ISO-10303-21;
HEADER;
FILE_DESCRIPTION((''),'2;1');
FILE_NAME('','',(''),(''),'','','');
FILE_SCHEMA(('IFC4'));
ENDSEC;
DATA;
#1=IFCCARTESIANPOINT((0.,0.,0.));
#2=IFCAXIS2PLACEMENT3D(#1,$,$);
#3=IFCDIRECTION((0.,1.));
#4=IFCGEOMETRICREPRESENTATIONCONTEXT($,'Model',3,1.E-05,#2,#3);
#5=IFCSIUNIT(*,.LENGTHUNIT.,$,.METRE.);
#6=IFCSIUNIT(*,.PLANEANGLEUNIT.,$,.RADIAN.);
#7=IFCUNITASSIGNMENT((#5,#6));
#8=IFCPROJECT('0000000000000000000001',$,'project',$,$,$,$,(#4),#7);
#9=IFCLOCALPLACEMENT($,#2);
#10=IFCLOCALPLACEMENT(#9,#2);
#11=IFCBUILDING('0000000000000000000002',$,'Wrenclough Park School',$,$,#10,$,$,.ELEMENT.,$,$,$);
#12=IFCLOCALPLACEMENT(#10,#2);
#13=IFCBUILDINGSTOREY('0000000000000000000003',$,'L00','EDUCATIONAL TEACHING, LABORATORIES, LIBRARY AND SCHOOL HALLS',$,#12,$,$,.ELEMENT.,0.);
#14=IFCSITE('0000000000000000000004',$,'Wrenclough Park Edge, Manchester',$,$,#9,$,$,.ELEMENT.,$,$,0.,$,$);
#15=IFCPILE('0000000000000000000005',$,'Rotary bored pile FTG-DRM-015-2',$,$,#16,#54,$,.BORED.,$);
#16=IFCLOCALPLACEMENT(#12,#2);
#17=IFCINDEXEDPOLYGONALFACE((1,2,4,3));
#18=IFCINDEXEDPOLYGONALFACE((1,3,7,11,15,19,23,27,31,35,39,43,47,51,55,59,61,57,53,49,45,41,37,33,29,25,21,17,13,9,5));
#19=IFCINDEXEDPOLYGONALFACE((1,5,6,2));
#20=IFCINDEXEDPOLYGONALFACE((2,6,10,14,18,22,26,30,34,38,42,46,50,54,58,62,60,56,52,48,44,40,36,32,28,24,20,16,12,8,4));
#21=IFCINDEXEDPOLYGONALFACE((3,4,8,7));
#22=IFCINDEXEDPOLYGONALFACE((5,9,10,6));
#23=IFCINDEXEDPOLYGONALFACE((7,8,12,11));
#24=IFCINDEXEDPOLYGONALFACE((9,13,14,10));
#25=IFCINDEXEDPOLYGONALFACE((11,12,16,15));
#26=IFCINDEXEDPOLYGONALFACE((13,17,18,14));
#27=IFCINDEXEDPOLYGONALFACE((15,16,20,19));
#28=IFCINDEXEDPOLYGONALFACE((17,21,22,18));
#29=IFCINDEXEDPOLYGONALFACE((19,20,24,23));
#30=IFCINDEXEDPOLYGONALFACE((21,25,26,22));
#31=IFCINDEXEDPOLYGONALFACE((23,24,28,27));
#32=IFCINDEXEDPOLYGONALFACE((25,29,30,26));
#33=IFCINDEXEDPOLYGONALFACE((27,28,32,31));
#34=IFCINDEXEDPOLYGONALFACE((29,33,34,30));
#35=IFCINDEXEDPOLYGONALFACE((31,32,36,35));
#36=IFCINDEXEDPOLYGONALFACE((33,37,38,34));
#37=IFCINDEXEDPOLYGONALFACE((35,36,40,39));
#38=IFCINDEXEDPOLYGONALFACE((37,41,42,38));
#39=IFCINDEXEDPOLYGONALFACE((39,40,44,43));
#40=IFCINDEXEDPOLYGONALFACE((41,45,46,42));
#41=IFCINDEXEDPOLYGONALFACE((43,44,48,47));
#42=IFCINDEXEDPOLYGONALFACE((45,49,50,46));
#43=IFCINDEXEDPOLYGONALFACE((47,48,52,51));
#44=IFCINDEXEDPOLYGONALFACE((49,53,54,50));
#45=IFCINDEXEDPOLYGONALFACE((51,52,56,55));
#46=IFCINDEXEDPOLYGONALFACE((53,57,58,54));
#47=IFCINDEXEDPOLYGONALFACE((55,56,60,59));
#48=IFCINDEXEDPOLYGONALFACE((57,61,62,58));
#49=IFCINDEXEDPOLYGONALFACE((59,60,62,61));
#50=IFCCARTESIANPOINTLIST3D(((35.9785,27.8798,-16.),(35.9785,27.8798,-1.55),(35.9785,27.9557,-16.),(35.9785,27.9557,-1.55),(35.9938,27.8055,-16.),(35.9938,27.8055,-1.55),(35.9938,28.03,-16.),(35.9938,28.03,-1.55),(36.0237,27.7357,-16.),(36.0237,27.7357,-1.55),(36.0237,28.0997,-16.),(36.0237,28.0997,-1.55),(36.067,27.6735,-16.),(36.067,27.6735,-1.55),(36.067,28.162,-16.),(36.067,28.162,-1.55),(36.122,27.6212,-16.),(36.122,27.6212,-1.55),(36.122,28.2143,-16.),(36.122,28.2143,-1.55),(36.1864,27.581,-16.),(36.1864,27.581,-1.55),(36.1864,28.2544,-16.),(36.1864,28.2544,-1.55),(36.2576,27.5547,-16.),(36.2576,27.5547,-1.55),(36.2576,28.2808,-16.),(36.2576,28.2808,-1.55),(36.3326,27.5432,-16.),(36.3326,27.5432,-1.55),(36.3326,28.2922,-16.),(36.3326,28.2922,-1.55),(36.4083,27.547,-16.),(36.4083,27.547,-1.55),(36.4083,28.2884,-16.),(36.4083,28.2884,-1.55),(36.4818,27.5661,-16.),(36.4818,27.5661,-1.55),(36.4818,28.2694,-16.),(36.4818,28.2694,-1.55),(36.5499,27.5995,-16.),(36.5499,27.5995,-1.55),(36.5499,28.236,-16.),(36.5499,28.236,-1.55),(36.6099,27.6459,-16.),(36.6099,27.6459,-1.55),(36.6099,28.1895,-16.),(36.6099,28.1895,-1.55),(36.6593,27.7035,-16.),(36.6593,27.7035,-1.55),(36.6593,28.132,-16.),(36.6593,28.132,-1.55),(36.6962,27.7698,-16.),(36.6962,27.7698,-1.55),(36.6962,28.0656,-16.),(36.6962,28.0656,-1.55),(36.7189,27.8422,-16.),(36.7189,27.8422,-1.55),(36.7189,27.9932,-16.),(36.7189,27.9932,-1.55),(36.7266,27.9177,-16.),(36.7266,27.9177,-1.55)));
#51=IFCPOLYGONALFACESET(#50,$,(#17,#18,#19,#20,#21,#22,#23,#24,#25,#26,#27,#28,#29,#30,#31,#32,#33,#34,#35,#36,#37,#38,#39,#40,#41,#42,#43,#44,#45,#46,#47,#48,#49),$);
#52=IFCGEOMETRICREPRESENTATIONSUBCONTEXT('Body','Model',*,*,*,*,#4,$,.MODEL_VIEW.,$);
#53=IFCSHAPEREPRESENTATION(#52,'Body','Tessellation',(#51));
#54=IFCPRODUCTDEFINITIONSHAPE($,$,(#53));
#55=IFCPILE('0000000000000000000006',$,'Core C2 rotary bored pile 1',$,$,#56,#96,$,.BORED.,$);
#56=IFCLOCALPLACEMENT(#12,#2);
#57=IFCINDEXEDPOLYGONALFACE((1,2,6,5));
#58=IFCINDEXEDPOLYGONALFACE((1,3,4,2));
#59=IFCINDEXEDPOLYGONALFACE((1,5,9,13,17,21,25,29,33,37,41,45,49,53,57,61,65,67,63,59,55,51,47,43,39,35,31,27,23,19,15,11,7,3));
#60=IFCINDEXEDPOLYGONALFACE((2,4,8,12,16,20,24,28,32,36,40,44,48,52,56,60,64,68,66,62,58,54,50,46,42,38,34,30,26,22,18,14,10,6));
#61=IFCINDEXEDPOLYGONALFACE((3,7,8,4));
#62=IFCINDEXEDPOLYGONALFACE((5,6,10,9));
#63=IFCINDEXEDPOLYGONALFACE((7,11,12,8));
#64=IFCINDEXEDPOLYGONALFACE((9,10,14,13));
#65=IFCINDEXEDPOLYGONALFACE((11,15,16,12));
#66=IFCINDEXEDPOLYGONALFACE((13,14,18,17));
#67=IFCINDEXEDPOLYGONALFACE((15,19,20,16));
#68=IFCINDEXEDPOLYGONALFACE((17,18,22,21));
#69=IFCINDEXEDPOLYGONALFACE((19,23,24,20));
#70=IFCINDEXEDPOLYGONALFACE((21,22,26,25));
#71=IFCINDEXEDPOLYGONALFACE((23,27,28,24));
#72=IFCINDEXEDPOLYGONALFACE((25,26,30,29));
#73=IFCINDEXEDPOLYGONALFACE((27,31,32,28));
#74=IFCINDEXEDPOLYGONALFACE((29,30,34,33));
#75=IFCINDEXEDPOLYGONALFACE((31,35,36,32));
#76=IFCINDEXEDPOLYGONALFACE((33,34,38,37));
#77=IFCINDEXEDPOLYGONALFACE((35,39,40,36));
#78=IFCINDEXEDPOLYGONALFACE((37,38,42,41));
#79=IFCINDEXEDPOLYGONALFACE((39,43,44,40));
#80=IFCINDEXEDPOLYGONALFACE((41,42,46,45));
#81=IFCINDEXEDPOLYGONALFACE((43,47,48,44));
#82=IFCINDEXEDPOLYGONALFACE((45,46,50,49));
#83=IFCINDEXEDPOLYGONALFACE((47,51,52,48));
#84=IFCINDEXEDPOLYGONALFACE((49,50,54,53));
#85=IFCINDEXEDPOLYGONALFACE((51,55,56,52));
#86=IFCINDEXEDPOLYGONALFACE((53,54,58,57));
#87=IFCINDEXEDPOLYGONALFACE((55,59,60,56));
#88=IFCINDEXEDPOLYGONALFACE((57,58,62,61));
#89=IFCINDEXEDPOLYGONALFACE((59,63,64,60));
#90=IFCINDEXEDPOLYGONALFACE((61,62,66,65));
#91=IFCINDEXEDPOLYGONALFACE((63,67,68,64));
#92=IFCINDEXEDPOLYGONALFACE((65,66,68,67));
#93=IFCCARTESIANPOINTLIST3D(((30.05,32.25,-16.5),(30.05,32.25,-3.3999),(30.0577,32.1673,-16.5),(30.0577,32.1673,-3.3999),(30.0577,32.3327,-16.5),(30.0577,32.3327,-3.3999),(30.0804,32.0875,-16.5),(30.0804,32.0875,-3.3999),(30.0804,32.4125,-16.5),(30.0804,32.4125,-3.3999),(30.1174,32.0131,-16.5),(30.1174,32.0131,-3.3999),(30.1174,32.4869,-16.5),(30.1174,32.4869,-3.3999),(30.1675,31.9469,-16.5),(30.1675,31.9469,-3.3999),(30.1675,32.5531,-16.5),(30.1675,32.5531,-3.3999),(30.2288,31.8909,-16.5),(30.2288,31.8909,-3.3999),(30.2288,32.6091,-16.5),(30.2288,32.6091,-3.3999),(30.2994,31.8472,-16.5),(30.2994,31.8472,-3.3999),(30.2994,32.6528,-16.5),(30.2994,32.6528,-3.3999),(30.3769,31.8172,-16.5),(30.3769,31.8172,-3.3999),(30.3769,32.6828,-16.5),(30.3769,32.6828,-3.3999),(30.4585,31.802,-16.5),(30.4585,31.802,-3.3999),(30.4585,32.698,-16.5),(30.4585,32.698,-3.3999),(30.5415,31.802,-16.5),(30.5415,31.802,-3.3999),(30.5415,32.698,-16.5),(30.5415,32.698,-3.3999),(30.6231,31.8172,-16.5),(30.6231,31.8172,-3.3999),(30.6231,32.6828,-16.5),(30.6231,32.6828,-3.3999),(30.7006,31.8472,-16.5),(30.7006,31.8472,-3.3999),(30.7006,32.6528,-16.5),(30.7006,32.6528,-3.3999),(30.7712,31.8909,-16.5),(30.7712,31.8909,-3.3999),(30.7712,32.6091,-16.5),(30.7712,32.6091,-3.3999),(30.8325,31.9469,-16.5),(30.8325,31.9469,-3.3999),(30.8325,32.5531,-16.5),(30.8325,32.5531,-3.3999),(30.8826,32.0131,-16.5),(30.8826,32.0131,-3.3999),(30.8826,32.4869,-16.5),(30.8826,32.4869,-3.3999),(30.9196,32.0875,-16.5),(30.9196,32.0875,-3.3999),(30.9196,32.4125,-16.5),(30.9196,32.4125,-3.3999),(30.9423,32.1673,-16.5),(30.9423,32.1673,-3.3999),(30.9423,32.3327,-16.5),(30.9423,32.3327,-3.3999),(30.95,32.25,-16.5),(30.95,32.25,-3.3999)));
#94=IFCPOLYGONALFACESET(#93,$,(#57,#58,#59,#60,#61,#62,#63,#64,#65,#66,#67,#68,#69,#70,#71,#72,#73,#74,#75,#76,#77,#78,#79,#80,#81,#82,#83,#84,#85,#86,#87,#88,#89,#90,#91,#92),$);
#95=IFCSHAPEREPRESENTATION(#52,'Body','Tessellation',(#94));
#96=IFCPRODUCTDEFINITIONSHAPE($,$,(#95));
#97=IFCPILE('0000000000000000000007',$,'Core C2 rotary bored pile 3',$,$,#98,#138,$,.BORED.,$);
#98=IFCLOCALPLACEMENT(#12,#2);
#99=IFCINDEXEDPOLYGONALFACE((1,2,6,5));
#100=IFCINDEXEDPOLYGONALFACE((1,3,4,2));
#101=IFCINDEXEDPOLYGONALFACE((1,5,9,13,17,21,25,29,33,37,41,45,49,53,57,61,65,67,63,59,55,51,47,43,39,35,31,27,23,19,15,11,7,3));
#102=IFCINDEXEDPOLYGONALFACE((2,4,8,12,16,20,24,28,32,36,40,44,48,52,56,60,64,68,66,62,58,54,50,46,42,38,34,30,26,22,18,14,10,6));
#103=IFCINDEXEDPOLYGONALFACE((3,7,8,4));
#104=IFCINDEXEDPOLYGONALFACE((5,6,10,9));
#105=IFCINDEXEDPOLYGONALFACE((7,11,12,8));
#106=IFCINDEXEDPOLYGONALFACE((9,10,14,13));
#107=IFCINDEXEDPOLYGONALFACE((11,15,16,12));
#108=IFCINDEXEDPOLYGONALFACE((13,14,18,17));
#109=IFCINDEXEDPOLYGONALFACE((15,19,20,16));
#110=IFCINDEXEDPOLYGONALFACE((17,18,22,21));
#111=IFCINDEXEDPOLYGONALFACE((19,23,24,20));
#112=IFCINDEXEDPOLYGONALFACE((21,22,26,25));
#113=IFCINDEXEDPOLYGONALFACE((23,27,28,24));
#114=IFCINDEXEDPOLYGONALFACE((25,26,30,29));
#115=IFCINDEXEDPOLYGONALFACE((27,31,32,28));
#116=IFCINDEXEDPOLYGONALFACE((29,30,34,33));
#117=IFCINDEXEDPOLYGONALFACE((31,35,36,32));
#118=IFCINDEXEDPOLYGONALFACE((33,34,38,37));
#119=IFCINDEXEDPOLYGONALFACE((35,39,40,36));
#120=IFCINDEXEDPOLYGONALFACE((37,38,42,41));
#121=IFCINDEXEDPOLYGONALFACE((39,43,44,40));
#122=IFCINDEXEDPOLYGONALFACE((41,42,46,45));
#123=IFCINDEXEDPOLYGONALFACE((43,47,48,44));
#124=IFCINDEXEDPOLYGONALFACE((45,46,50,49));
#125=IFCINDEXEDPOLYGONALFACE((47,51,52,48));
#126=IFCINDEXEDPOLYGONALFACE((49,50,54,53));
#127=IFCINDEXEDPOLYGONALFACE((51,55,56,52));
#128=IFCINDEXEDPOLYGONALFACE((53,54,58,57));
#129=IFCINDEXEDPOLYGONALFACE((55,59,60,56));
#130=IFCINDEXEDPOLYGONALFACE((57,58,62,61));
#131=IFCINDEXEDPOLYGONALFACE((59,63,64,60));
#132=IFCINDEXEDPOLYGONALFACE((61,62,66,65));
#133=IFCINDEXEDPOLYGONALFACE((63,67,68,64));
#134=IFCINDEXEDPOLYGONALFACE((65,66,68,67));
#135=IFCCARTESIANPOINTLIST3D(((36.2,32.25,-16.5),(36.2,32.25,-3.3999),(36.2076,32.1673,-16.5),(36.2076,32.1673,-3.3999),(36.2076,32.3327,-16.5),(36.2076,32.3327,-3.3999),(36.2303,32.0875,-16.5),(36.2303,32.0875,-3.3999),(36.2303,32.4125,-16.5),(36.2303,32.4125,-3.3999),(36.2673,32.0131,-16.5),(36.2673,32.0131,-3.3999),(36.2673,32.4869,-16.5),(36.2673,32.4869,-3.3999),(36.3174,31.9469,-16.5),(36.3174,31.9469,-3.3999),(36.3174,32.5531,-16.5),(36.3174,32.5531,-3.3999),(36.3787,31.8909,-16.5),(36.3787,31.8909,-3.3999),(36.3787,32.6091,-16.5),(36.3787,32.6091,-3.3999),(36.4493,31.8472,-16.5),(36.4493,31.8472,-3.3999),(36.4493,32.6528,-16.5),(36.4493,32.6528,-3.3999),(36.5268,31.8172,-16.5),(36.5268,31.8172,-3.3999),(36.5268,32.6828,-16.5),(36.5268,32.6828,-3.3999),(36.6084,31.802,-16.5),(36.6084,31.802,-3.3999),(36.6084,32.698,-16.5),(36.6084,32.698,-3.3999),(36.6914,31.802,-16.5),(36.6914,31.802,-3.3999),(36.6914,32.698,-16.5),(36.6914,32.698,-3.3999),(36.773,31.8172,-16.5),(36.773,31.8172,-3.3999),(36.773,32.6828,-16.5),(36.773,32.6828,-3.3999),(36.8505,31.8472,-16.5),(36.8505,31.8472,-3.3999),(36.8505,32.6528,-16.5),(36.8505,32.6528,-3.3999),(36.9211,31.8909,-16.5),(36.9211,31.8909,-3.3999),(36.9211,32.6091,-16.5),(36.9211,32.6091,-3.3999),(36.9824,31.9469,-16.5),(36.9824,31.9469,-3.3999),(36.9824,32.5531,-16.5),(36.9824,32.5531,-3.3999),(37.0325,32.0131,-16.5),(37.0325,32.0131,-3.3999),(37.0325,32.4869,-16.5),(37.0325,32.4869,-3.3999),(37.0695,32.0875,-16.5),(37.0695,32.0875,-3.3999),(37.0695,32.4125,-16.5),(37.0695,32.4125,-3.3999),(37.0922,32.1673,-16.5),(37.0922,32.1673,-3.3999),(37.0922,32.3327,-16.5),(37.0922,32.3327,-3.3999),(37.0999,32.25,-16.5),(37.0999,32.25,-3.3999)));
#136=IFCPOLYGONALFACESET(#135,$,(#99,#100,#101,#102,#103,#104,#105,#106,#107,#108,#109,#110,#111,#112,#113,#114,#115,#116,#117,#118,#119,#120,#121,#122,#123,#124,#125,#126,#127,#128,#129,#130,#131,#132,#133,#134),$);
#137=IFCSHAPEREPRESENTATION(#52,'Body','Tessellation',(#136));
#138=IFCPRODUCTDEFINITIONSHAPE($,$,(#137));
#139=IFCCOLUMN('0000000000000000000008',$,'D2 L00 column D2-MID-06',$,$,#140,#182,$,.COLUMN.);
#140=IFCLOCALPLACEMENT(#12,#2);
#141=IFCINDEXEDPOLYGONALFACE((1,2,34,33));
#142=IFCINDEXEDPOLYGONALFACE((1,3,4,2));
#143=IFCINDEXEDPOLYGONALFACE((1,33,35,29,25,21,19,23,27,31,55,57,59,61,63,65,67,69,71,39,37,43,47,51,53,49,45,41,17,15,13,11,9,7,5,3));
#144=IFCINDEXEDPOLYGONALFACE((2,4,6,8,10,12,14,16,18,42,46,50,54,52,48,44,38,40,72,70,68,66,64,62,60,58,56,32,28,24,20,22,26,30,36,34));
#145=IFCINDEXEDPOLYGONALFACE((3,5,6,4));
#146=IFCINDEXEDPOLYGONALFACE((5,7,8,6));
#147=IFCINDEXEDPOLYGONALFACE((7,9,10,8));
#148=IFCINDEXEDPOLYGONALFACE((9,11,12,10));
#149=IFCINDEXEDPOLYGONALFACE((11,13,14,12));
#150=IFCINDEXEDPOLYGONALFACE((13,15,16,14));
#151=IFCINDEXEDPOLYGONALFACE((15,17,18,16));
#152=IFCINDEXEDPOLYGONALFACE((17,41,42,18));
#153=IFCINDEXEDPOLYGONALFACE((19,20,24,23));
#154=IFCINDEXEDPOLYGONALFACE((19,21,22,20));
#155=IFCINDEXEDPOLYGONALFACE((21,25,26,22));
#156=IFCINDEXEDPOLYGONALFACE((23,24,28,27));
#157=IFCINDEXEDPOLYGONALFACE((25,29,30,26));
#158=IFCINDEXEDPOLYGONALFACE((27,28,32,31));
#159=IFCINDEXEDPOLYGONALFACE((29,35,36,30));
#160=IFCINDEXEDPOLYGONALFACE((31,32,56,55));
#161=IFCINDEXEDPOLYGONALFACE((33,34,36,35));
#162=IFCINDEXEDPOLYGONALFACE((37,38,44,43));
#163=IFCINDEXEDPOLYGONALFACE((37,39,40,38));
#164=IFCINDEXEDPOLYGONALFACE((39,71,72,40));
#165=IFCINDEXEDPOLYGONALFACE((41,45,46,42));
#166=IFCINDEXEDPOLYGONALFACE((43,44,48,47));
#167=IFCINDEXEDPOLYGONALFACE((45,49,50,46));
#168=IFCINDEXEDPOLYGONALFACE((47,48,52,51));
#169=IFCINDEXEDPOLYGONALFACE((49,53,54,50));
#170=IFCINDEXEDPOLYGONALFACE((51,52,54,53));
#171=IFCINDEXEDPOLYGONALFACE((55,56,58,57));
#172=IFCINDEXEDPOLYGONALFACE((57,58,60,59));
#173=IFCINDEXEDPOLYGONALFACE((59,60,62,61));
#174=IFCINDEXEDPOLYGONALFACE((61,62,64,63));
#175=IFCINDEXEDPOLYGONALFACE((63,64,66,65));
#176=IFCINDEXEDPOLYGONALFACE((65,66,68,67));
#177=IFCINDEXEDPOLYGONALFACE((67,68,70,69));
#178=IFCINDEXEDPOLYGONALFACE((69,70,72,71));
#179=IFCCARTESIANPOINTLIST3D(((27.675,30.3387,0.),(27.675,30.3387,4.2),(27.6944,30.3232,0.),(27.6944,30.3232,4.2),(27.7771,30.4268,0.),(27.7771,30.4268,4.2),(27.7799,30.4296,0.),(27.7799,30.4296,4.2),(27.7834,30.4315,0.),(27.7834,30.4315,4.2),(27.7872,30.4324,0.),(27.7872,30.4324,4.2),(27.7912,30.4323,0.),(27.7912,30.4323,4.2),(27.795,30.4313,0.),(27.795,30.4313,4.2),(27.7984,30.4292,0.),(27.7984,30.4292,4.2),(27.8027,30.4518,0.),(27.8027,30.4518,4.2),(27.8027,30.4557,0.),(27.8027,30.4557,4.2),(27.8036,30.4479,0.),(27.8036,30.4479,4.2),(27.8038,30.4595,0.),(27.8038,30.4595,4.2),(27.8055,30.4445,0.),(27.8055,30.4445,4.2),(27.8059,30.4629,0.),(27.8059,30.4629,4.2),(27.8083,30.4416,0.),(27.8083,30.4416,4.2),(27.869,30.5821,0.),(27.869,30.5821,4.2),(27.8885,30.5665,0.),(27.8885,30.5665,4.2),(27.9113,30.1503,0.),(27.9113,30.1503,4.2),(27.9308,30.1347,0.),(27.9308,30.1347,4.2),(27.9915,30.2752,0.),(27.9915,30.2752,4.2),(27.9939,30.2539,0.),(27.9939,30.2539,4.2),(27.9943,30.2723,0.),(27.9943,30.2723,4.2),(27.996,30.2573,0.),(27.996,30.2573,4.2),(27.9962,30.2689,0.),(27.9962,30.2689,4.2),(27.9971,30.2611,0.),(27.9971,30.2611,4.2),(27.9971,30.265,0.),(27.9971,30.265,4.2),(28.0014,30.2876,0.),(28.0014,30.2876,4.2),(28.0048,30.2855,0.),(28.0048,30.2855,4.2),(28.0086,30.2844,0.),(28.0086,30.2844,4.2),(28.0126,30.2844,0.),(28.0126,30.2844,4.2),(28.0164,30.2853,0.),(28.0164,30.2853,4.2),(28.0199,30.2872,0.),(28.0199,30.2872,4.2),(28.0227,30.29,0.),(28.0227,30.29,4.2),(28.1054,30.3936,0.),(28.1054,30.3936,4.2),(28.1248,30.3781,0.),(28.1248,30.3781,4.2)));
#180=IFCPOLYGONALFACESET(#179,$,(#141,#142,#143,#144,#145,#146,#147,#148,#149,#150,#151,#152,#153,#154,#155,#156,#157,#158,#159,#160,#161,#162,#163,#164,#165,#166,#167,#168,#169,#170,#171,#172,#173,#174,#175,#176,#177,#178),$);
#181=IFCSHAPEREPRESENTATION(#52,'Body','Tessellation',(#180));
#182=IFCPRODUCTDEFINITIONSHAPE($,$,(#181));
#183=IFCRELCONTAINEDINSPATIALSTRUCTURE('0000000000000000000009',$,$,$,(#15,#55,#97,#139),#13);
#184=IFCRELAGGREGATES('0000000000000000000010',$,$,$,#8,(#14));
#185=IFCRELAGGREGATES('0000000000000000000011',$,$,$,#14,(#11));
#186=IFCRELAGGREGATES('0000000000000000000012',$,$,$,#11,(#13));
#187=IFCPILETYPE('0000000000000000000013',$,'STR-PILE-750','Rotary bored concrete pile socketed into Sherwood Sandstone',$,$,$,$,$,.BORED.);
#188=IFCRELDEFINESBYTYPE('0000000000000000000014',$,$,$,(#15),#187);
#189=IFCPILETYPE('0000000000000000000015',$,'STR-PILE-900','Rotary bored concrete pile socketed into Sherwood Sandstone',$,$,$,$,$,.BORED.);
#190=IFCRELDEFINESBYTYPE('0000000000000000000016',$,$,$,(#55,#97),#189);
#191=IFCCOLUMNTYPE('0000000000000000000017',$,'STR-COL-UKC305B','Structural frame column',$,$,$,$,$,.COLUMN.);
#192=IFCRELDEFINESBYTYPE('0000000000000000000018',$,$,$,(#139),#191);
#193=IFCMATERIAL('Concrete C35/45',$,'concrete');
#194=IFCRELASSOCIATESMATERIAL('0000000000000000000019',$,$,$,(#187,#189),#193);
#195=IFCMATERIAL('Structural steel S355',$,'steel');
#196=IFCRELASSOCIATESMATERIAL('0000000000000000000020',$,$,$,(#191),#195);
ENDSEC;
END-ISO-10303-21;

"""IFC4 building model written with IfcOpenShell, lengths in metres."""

from ifc_helpers import new_model, si_unit, direction, frame, origin, origin_2d, place, context, subcontext, project, spatial, circle, i_section, extrude, material, material_profile, profile_set, type_object, element, save


model = new_model("IFC4")

# Units and contexts
model_context = context("Model", 3, precision=1e-05, world=origin(), true_north=direction((0.0, 1.0)))
body_context = subcontext(model_context, "Body", "Model", "MODEL_VIEW")
ifc_project = project(units=[si_unit("LENGTHUNIT", "METRE"), si_unit("PLANEANGLEUNIT", "RADIAN")], contexts=[model_context])

# Site, building, storey
site_placement = place(None, origin())
site = spatial("IfcSite", under=ifc_project, at=site_placement, Name="Wrenclough Park Edge, Manchester", CompositionType="ELEMENT", RefElevation=0.0)
building_placement = place(site_placement, origin())
building = spatial("IfcBuilding", under=site, at=building_placement, Name="Wrenclough Park School", CompositionType="ELEMENT")
storey_placement = place(building_placement, origin())
storey = spatial("IfcBuildingStorey", under=building, at=storey_placement, Name="L00", Description="EDUCATIONAL TEACHING, LABORATORIES, LIBRARY AND SCHOOL HALLS", CompositionType="ELEMENT", Elevation=0.0)

# Shared definitions
ifc_material_1 = material(Name="Concrete C35/45", Category="concrete")

# Piles
ifc_material_profile_1 = material_profile(ifc_material_1, circle(Radius=0.375, at=origin_2d()), Name="BORED PILE D750")
ifc_profile_set_1 = profile_set([ifc_material_profile_1], Name="Concrete C35/45")
pile_type_1 = type_object("IfcPileType", Name="STR-PILE-750", Description="Rotary bored concrete pile socketed into Sherwood Sandstone", PredefinedType="BORED", material=ifc_profile_set_1)
for number, where, z_axis, x_axis, name in (
    (1, (36.3516, 27.9177, -1.55), (0.0, 0.0, -1.0), (1.0, 0.0, 0.0), "Rotary bored pile FTG-DRM-015-2"),
):
    element("IfcPile", number, at=place(storey_placement, frame(where, z_axis=z_axis, x_axis=x_axis)), inside=storey, type_object=pile_type_1, Name=name, PredefinedType="BORED", context=body_context, shape_type="SweptSolid", body=[
        extrude(circle(Radius=0.375, at=origin_2d()), origin(), (0.0, 0.0, 1.0), 14.45),
    ])
ifc_material_profile_2 = material_profile(ifc_material_1, circle(Radius=0.45, at=origin_2d()), Name="BORED PILE D900")
ifc_profile_set_2 = profile_set([ifc_material_profile_2], Name="Concrete C35/45")
pile_type_2 = type_object("IfcPileType", Name="STR-PILE-900", Description="Rotary bored concrete pile socketed into Sherwood Sandstone", PredefinedType="BORED", material=ifc_profile_set_2)
for number, where, z_axis, x_axis, name in (
    (2, (30.5, 32.25, -3.3999), (0.0, 0.0, -1.0), (1.0, 0.0, 0.0), "Core C2 rotary bored pile 1"),
    (3, (36.6499, 32.25, -3.3999), (0.0, 0.0, -1.0), (1.0, 0.0, 0.0), "Core C2 rotary bored pile 3"),
):
    element("IfcPile", number, at=place(storey_placement, frame(where, z_axis=z_axis, x_axis=x_axis)), inside=storey, type_object=pile_type_2, Name=name, PredefinedType="BORED", context=body_context, shape_type="SweptSolid", body=[
        extrude(circle(Radius=0.45, at=origin_2d()), origin(), (0.0, 0.0, 1.0), 13.1001),
    ])

# Column
ifc_material_2 = material(Name="Structural steel S355", Category="steel")
ifc_material_profile_3 = material_profile(ifc_material_2, i_section(OverallWidth=0.3113, OverallDepth=0.3271, WebThickness=0.0159, FlangeThickness=0.0249, FilletRadius=0.0151, at=origin_2d()), Name="UKC 305x305x158")
ifc_profile_set_3 = profile_set([ifc_material_profile_3], Name="Structural steel S355")
column_type_1 = type_object("IfcColumnType", Name="STR-COL-UKC305B", Description="Structural frame column", PredefinedType="COLUMN", material=ifc_profile_set_3)
column_placement = place(storey_placement, frame((27.8999, 30.3584, 0.0), z_axis=(0.0, 0.0, 1.0), x_axis=(-0.62347, -0.781847, 0.0)))
element("IfcColumn", 4, at=column_placement, inside=storey, type_object=column_type_1, Name="D2 L00 column D2-MID-06", PredefinedType="COLUMN", context=body_context, shape_type="SweptSolid", body=[
    extrude(i_section(OverallWidth=0.3113, OverallDepth=0.3271, WebThickness=0.0159, FlangeThickness=0.0249, FilletRadius=0.0151, at=origin_2d()), origin(), (0.0, 0.0, 1.0), 4.2),
])

save(model, "model.ifc")
